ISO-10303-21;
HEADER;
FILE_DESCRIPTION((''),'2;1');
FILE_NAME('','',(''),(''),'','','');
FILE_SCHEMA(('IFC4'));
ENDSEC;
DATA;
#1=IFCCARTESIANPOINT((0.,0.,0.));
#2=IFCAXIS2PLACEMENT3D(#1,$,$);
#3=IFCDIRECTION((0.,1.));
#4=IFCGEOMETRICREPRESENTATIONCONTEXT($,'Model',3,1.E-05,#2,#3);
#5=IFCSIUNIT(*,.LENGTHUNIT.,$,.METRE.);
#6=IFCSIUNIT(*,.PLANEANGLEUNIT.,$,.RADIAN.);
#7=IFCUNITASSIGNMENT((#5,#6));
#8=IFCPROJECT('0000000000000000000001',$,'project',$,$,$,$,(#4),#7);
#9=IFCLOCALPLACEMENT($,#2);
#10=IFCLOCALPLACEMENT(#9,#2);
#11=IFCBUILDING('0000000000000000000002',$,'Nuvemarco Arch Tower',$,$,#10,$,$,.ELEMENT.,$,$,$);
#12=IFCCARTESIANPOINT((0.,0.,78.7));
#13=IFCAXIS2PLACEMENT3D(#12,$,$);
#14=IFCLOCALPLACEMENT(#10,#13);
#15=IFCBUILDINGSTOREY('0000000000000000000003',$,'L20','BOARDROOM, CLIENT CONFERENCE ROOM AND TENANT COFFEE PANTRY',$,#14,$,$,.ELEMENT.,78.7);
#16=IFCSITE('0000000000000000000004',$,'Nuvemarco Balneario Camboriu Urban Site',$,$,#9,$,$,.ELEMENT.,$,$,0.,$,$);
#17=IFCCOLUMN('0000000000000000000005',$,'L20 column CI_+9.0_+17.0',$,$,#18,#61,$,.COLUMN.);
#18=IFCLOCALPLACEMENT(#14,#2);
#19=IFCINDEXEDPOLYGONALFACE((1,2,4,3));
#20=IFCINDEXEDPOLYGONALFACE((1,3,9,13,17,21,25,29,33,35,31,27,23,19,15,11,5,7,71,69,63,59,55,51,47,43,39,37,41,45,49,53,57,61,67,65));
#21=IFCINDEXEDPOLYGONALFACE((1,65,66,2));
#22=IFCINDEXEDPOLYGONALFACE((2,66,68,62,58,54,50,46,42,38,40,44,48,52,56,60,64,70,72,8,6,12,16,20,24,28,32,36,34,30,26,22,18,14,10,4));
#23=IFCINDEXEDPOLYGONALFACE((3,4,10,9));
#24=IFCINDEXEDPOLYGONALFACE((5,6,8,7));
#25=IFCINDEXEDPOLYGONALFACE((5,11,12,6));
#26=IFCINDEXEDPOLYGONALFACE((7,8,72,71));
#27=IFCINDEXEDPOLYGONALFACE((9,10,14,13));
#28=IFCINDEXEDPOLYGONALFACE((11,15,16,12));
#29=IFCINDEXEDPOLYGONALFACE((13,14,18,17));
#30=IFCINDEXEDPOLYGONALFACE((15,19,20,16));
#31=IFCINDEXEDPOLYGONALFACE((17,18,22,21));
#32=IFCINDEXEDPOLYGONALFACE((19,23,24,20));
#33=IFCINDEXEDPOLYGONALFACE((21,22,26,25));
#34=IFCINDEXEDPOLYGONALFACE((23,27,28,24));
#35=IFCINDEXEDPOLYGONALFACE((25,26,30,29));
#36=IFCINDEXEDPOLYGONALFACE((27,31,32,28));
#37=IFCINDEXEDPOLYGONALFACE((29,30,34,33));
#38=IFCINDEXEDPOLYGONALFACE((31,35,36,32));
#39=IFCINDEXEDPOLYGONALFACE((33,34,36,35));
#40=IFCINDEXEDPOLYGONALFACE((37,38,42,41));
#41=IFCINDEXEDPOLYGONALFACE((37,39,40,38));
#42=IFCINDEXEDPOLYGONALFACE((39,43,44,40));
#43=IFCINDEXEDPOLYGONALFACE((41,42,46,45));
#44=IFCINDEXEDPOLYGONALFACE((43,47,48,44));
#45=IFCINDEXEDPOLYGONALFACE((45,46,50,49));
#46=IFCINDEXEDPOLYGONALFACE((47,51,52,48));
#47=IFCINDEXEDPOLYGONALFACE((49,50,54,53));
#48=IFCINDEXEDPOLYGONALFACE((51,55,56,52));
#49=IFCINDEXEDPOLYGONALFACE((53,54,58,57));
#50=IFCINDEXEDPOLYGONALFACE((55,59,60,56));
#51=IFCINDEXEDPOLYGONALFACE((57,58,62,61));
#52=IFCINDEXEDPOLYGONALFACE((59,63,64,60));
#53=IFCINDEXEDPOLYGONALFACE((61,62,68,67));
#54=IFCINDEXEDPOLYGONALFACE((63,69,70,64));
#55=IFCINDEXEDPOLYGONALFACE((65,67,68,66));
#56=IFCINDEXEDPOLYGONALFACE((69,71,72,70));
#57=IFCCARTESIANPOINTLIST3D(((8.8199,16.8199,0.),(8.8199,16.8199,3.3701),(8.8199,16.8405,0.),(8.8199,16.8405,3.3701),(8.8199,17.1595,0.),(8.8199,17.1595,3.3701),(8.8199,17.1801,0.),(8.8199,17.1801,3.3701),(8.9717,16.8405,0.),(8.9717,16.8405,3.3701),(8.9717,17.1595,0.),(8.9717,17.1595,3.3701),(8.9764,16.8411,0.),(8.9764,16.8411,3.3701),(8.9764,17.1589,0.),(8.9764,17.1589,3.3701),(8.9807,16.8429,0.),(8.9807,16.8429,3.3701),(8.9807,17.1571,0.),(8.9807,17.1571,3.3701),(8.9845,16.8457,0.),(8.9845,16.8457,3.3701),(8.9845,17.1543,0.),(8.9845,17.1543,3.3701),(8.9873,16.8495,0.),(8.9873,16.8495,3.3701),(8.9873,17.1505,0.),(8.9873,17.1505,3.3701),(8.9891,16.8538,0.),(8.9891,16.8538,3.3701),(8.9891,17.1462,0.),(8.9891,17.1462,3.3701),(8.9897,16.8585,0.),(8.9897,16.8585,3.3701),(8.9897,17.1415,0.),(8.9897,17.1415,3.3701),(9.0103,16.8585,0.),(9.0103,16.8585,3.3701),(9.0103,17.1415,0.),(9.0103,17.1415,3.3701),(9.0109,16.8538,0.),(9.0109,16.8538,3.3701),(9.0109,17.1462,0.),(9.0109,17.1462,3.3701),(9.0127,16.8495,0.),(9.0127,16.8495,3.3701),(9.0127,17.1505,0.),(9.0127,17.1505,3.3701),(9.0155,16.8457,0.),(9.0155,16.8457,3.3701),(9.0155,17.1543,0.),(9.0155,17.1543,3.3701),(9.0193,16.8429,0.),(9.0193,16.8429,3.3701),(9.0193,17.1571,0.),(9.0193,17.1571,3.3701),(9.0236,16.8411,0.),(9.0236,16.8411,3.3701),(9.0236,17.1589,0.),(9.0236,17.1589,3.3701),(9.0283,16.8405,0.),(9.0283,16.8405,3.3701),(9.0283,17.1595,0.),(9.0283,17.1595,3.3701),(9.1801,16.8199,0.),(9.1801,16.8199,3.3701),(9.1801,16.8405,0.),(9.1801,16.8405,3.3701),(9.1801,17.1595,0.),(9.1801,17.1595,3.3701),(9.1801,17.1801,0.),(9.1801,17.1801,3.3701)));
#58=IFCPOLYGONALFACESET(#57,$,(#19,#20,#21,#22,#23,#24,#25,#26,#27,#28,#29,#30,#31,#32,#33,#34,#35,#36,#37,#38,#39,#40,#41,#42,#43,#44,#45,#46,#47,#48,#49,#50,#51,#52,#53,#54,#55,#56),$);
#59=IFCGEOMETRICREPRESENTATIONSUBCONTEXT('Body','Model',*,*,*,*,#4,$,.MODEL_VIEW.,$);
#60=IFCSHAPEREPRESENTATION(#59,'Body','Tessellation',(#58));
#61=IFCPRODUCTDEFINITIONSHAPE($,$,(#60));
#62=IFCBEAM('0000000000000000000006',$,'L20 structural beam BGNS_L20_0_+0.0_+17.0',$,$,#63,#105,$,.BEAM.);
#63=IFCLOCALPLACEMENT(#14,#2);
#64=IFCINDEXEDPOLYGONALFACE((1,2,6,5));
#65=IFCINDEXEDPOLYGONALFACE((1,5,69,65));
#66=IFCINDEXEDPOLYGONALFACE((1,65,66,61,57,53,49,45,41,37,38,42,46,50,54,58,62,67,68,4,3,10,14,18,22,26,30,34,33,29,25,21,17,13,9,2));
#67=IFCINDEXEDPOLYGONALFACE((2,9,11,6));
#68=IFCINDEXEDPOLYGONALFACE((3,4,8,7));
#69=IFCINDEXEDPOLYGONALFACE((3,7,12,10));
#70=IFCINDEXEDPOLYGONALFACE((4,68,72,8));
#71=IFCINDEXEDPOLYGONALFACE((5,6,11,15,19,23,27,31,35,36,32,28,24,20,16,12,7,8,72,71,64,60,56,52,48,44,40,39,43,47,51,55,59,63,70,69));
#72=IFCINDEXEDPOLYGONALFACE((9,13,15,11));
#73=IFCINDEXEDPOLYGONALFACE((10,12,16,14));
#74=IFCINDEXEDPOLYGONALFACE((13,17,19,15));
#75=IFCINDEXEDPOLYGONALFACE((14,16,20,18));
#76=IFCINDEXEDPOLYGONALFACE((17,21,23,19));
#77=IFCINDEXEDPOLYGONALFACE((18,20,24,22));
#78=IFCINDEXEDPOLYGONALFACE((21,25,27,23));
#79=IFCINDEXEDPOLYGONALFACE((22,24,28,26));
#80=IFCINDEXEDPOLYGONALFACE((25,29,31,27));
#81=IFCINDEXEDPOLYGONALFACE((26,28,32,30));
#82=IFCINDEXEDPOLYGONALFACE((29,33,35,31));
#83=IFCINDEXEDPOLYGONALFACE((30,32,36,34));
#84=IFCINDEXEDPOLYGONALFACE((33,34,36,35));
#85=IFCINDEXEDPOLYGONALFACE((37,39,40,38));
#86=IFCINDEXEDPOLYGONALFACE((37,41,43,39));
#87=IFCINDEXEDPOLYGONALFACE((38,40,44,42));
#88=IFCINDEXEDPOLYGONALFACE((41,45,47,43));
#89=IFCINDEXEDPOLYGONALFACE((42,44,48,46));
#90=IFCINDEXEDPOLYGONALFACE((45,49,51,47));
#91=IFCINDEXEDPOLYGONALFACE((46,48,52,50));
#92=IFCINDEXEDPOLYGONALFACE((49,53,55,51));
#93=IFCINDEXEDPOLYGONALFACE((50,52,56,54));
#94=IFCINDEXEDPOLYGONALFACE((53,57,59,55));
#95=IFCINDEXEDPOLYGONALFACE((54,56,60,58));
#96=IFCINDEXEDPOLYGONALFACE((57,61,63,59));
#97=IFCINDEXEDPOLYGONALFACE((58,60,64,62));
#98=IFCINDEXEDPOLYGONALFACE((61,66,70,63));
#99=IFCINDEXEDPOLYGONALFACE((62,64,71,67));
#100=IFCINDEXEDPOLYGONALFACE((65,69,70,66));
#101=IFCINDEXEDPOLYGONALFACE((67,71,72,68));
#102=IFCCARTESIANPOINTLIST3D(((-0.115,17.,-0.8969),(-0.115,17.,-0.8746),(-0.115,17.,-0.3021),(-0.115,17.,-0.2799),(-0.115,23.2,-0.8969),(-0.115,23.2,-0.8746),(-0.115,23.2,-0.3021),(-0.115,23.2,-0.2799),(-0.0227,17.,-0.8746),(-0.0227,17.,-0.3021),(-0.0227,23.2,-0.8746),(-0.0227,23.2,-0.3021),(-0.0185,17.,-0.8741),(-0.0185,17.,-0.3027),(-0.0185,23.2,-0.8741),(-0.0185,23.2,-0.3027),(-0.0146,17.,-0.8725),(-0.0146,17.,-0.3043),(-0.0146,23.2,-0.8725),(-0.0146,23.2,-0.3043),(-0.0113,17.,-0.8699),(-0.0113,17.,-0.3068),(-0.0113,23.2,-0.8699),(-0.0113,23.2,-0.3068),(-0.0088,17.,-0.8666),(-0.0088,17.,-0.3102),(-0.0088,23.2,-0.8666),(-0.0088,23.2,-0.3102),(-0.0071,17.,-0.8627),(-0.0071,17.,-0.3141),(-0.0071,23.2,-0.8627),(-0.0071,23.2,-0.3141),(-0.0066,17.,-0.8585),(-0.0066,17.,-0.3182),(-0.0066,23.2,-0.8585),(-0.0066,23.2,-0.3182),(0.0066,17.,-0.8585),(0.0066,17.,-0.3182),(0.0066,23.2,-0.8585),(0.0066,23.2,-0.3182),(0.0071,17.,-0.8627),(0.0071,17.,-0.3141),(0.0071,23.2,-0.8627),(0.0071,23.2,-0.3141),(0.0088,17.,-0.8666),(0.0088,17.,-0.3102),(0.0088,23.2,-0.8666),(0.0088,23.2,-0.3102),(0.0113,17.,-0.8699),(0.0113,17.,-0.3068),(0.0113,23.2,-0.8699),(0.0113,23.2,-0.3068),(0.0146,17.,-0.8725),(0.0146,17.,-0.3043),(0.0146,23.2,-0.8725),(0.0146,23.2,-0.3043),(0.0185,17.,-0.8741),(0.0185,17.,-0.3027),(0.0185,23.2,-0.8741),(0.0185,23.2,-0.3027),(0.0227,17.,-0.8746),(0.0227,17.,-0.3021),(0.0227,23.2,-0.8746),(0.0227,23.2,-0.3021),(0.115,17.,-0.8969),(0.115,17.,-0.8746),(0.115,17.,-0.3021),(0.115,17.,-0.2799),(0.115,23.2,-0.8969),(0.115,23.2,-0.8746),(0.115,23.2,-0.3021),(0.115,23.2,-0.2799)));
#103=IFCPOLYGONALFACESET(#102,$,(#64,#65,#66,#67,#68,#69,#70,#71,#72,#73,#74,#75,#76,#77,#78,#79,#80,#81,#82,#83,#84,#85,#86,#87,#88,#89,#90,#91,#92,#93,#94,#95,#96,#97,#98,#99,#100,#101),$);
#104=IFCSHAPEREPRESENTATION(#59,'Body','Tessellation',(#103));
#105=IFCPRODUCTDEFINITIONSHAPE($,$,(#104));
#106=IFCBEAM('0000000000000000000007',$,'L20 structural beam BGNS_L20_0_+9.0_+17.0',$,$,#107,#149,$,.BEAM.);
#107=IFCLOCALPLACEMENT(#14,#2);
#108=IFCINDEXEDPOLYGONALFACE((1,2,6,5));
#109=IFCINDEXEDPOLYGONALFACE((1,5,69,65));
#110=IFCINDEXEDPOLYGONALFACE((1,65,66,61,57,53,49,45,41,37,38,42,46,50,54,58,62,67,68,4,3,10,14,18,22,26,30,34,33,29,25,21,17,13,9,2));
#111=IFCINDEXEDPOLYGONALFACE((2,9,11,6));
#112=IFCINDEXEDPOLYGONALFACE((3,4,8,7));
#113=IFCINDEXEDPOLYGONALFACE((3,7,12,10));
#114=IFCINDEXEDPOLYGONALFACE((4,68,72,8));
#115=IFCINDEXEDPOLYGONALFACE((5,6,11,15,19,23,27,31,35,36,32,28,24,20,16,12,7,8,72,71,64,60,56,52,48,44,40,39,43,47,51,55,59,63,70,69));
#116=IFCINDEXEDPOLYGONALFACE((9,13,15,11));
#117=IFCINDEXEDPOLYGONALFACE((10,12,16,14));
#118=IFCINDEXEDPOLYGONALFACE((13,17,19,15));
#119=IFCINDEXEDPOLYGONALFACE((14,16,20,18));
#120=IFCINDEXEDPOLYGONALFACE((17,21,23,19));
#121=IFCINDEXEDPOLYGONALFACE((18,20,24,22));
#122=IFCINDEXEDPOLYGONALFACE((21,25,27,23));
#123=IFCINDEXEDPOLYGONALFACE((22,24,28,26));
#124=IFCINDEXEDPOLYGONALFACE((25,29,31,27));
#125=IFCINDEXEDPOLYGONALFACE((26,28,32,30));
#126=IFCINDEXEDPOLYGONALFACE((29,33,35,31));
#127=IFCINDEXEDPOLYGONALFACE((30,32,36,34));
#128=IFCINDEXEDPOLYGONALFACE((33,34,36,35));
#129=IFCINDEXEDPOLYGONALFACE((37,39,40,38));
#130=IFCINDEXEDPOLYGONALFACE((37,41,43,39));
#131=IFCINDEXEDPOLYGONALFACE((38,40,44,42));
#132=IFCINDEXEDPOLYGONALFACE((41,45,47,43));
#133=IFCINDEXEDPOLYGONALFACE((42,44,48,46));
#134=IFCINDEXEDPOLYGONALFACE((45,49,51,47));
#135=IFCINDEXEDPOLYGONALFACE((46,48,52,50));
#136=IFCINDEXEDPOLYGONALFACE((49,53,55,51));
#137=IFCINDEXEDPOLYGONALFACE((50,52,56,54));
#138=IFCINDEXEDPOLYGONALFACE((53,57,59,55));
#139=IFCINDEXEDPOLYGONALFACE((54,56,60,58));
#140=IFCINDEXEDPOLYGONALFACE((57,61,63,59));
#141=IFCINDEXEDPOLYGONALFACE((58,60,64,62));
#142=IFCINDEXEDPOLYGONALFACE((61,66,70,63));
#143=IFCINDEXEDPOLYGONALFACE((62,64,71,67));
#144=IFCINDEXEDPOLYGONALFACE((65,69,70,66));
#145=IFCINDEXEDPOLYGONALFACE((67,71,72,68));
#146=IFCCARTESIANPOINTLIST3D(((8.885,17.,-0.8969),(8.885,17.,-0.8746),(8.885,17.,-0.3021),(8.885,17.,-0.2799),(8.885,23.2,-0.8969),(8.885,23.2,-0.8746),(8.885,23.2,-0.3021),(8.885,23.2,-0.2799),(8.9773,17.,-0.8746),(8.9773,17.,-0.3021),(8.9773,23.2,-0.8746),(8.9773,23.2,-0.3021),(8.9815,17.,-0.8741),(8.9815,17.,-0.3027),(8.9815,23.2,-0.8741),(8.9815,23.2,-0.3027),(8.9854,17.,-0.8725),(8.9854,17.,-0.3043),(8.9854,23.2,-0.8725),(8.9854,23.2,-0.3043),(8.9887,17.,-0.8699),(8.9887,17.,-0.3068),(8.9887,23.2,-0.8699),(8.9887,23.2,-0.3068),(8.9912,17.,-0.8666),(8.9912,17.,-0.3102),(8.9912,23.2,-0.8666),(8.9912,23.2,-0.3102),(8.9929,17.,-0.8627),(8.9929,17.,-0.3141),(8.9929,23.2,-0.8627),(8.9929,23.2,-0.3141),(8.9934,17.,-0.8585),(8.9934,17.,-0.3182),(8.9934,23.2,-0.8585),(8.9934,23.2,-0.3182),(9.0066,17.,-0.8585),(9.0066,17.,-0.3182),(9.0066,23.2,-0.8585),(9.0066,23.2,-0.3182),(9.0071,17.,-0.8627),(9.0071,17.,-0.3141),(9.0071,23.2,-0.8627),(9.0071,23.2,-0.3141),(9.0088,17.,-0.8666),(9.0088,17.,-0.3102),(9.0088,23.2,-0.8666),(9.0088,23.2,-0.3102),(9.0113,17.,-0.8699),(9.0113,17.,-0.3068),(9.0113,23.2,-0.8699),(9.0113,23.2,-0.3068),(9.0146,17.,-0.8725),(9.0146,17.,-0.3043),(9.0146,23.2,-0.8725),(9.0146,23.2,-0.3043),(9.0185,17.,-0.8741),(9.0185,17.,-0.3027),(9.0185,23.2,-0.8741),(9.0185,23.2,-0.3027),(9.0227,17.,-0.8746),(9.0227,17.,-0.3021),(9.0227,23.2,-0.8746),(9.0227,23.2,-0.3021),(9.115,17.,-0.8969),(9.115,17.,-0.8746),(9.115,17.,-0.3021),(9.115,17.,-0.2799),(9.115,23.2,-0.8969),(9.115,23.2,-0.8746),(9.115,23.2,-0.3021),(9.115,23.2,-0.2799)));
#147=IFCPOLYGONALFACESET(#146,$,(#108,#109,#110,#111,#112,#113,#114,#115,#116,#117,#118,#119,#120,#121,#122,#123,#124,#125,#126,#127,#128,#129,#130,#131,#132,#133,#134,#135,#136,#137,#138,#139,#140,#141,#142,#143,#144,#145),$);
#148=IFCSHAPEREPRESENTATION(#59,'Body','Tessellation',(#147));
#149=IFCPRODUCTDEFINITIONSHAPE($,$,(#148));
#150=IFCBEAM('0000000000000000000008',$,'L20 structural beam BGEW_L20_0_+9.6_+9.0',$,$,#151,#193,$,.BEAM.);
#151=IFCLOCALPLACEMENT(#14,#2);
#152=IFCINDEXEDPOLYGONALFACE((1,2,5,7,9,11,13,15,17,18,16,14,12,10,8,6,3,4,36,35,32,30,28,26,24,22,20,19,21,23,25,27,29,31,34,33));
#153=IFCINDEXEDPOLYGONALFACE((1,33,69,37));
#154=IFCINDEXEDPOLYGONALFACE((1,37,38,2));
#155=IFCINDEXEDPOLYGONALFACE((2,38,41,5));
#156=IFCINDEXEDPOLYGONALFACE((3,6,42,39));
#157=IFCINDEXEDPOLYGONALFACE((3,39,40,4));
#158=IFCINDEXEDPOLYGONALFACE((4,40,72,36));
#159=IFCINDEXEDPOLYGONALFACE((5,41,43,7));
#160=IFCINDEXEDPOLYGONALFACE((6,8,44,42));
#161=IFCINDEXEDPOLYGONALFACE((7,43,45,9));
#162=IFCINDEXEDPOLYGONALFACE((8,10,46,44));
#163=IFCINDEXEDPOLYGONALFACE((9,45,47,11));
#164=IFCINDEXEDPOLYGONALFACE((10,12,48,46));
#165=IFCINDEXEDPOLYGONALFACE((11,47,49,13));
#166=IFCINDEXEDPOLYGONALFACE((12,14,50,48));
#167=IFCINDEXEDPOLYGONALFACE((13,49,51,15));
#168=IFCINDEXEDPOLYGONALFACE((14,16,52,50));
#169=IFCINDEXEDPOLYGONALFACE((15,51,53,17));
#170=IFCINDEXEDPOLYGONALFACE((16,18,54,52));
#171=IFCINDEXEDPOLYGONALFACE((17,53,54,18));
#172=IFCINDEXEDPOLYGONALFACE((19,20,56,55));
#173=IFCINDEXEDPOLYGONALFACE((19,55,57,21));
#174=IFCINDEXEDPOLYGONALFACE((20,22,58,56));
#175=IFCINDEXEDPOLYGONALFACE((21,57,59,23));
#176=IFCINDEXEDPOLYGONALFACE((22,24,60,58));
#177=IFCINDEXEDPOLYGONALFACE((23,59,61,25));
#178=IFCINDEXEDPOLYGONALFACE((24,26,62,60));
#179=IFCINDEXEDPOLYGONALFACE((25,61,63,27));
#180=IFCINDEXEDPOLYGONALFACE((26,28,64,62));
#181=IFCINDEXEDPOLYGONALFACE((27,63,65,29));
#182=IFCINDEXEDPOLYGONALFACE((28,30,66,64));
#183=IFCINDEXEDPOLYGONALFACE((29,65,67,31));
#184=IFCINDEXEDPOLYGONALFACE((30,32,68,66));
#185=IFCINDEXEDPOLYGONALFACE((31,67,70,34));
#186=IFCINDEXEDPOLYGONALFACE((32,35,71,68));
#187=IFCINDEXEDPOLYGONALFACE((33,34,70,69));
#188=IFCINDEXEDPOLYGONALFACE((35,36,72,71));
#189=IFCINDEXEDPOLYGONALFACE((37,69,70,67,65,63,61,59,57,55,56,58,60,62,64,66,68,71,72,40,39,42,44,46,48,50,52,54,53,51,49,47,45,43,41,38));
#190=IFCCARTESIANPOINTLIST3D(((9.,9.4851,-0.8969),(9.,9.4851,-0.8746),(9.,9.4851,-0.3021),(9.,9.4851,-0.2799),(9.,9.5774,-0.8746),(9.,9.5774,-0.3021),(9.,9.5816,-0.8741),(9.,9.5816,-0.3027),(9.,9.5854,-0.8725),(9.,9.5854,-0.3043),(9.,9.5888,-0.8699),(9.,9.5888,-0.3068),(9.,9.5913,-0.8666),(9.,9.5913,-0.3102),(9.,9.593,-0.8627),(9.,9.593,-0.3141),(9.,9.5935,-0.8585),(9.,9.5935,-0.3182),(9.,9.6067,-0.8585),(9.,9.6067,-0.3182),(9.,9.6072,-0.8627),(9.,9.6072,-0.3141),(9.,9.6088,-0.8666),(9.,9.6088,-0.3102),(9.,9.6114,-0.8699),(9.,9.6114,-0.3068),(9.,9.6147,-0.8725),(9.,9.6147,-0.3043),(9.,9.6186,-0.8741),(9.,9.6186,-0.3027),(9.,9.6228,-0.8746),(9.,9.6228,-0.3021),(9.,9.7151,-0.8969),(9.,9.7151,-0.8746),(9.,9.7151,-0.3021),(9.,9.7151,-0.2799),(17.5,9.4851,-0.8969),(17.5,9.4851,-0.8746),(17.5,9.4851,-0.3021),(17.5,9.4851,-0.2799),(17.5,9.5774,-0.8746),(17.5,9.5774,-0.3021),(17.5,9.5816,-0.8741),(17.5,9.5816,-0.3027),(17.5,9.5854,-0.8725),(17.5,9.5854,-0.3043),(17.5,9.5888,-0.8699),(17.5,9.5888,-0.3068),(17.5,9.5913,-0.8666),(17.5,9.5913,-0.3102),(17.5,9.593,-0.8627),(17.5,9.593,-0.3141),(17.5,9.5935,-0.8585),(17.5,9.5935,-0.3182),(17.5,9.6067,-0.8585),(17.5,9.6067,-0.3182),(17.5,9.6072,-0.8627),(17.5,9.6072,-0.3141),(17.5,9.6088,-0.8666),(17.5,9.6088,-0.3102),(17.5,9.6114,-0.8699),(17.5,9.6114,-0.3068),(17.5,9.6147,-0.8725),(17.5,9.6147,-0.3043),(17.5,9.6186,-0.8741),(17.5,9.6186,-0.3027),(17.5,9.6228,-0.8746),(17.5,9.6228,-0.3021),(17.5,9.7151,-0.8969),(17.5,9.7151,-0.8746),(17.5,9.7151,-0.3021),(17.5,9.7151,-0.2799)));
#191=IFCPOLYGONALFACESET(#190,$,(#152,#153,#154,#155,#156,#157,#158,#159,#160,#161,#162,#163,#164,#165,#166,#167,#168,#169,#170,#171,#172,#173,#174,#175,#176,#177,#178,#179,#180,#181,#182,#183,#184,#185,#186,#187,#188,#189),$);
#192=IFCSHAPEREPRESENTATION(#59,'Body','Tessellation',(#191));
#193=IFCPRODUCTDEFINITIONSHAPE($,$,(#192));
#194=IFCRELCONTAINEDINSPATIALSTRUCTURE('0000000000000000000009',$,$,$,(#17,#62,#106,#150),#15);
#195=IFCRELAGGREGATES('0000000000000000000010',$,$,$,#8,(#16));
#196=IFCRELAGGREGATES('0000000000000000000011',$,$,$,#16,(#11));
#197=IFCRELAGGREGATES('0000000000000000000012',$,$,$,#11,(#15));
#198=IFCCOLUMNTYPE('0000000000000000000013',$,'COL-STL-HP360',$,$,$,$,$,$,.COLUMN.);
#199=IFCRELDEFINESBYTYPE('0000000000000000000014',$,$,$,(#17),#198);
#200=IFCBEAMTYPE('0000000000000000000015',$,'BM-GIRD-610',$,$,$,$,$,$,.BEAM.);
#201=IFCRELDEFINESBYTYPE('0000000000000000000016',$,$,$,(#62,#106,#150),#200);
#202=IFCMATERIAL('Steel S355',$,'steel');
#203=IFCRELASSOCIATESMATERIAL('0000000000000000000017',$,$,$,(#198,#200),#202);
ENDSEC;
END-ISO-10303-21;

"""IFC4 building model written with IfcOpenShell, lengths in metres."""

from ifc_helpers import new_model, si_unit, direction, frame, origin, origin_2d, place, context, subcontext, project, spatial, i_section, extrude, material, material_profile, profile_set, type_object, element, save


model = new_model("IFC4")

# Units and contexts
model_context = context("Model", 3, precision=1e-05, world=origin(), true_north=direction((0.0, 1.0)))
body_context = subcontext(model_context, "Body", "Model", "MODEL_VIEW")
ifc_project = project(units=[si_unit("LENGTHUNIT", "METRE"), si_unit("PLANEANGLEUNIT", "RADIAN")], contexts=[model_context])

# Site, building, storey
site_placement = place(None, origin())
site = spatial("IfcSite", under=ifc_project, at=site_placement, Name="Nuvemarco Balneario Camboriu Urban Site", CompositionType="ELEMENT", RefElevation=0.0)
building_placement = place(site_placement, origin())
building = spatial("IfcBuilding", under=site, at=building_placement, Name="Nuvemarco Arch Tower", CompositionType="ELEMENT")
storey_placement = place(building_placement, frame((0.0, 0.0, 78.7)))
storey = spatial("IfcBuildingStorey", under=building, at=storey_placement, Name="L20", Description="BOARDROOM, CLIENT CONFERENCE ROOM AND TENANT COFFEE PANTRY", CompositionType="ELEMENT", Elevation=78.7)

# Column
ifc_material_1 = material(Name="Steel S355", Category="steel")
ifc_material_profile_1 = material_profile(ifc_material_1, i_section(OverallWidth=0.3601, OverallDepth=0.3601, WebThickness=0.0205, FlangeThickness=0.0205, FilletRadius=0.0181, at=origin_2d()), Name="HP360x174")
ifc_profile_set_1 = profile_set([ifc_material_profile_1], Name="Steel S355")
column_type_1 = type_object("IfcColumnType", Name="COL-STL-HP360", PredefinedType="COLUMN", material=ifc_profile_set_1)
for number, where, z_axis, x_axis, name in (
    (1, (9.0, 17.0, 0.0), (0.0, 0.0, 1.0), (1.0, 0.0, 0.0), "L20 column CI_+9.0_+17.0"),
):
    element("IfcColumn", number, at=place(storey_placement, frame(where, z_axis=z_axis, x_axis=x_axis)), inside=storey, type_object=column_type_1, Name=name, PredefinedType="COLUMN", context=body_context, shape_type="SweptSolid", body=[
        extrude(i_section(OverallWidth=0.3601, OverallDepth=0.3601, WebThickness=0.0205, FlangeThickness=0.0205, FilletRadius=0.0181, at=origin_2d()), origin(), (0.0, 0.0, 1.0), 3.3701),
    ])

# Beams
ifc_material_profile_2 = material_profile(ifc_material_1, i_section(OverallWidth=0.23, OverallDepth=0.6169, WebThickness=0.0132, FlangeThickness=0.0222, FilletRadius=0.0161, at=origin_2d()), Name="W610x140")
ifc_profile_set_2 = profile_set([ifc_material_profile_2], Name="Steel S355")
beam_type_1 = type_object("IfcBeamType", Name="BM-GIRD-610", PredefinedType="BEAM", material=ifc_profile_set_2)
for number, where, z_axis, x_axis, name in (
    (2, (0.0, 17.0, -0.5884), (0.0, 1.0, 0.0), (-1.0, 0.0, 0.0), "L20 structural beam BGNS_L20_0_+0.0_+17.0"),
    (3, (9.0, 17.0, -0.5884), (0.0, 1.0, 0.0), (-1.0, 0.0, 0.0), "L20 structural beam BGNS_L20_0_+9.0_+17.0"),
):
    element("IfcBeam", number, at=place(storey_placement, frame(where, z_axis=z_axis, x_axis=x_axis)), inside=storey, type_object=beam_type_1, Name=name, PredefinedType="BEAM", context=body_context, shape_type="SweptSolid", body=[
        extrude(i_section(OverallWidth=0.23, OverallDepth=0.6169, WebThickness=0.0132, FlangeThickness=0.0222, FilletRadius=0.0161, at=origin_2d()), origin(), (0.0, 0.0, 1.0), 6.2),
    ])
beam_1_placement = place(storey_placement, frame((9.0, 9.6001, -0.5884), z_axis=(1.0, 0.0, 0.0), x_axis=(0.0, 1.0, 0.0)))
element("IfcBeam", 4, at=beam_1_placement, inside=storey, type_object=beam_type_1, Name="L20 structural beam BGEW_L20_0_+9.6_+9.0", PredefinedType="BEAM", context=body_context, shape_type="SweptSolid", body=[
    extrude(i_section(OverallWidth=0.23, OverallDepth=0.6169, WebThickness=0.0132, FlangeThickness=0.0222, FilletRadius=0.0161, at=origin_2d()), origin(), (0.0, 0.0, 1.0), 8.5),
])

save(model, "model.ifc")
